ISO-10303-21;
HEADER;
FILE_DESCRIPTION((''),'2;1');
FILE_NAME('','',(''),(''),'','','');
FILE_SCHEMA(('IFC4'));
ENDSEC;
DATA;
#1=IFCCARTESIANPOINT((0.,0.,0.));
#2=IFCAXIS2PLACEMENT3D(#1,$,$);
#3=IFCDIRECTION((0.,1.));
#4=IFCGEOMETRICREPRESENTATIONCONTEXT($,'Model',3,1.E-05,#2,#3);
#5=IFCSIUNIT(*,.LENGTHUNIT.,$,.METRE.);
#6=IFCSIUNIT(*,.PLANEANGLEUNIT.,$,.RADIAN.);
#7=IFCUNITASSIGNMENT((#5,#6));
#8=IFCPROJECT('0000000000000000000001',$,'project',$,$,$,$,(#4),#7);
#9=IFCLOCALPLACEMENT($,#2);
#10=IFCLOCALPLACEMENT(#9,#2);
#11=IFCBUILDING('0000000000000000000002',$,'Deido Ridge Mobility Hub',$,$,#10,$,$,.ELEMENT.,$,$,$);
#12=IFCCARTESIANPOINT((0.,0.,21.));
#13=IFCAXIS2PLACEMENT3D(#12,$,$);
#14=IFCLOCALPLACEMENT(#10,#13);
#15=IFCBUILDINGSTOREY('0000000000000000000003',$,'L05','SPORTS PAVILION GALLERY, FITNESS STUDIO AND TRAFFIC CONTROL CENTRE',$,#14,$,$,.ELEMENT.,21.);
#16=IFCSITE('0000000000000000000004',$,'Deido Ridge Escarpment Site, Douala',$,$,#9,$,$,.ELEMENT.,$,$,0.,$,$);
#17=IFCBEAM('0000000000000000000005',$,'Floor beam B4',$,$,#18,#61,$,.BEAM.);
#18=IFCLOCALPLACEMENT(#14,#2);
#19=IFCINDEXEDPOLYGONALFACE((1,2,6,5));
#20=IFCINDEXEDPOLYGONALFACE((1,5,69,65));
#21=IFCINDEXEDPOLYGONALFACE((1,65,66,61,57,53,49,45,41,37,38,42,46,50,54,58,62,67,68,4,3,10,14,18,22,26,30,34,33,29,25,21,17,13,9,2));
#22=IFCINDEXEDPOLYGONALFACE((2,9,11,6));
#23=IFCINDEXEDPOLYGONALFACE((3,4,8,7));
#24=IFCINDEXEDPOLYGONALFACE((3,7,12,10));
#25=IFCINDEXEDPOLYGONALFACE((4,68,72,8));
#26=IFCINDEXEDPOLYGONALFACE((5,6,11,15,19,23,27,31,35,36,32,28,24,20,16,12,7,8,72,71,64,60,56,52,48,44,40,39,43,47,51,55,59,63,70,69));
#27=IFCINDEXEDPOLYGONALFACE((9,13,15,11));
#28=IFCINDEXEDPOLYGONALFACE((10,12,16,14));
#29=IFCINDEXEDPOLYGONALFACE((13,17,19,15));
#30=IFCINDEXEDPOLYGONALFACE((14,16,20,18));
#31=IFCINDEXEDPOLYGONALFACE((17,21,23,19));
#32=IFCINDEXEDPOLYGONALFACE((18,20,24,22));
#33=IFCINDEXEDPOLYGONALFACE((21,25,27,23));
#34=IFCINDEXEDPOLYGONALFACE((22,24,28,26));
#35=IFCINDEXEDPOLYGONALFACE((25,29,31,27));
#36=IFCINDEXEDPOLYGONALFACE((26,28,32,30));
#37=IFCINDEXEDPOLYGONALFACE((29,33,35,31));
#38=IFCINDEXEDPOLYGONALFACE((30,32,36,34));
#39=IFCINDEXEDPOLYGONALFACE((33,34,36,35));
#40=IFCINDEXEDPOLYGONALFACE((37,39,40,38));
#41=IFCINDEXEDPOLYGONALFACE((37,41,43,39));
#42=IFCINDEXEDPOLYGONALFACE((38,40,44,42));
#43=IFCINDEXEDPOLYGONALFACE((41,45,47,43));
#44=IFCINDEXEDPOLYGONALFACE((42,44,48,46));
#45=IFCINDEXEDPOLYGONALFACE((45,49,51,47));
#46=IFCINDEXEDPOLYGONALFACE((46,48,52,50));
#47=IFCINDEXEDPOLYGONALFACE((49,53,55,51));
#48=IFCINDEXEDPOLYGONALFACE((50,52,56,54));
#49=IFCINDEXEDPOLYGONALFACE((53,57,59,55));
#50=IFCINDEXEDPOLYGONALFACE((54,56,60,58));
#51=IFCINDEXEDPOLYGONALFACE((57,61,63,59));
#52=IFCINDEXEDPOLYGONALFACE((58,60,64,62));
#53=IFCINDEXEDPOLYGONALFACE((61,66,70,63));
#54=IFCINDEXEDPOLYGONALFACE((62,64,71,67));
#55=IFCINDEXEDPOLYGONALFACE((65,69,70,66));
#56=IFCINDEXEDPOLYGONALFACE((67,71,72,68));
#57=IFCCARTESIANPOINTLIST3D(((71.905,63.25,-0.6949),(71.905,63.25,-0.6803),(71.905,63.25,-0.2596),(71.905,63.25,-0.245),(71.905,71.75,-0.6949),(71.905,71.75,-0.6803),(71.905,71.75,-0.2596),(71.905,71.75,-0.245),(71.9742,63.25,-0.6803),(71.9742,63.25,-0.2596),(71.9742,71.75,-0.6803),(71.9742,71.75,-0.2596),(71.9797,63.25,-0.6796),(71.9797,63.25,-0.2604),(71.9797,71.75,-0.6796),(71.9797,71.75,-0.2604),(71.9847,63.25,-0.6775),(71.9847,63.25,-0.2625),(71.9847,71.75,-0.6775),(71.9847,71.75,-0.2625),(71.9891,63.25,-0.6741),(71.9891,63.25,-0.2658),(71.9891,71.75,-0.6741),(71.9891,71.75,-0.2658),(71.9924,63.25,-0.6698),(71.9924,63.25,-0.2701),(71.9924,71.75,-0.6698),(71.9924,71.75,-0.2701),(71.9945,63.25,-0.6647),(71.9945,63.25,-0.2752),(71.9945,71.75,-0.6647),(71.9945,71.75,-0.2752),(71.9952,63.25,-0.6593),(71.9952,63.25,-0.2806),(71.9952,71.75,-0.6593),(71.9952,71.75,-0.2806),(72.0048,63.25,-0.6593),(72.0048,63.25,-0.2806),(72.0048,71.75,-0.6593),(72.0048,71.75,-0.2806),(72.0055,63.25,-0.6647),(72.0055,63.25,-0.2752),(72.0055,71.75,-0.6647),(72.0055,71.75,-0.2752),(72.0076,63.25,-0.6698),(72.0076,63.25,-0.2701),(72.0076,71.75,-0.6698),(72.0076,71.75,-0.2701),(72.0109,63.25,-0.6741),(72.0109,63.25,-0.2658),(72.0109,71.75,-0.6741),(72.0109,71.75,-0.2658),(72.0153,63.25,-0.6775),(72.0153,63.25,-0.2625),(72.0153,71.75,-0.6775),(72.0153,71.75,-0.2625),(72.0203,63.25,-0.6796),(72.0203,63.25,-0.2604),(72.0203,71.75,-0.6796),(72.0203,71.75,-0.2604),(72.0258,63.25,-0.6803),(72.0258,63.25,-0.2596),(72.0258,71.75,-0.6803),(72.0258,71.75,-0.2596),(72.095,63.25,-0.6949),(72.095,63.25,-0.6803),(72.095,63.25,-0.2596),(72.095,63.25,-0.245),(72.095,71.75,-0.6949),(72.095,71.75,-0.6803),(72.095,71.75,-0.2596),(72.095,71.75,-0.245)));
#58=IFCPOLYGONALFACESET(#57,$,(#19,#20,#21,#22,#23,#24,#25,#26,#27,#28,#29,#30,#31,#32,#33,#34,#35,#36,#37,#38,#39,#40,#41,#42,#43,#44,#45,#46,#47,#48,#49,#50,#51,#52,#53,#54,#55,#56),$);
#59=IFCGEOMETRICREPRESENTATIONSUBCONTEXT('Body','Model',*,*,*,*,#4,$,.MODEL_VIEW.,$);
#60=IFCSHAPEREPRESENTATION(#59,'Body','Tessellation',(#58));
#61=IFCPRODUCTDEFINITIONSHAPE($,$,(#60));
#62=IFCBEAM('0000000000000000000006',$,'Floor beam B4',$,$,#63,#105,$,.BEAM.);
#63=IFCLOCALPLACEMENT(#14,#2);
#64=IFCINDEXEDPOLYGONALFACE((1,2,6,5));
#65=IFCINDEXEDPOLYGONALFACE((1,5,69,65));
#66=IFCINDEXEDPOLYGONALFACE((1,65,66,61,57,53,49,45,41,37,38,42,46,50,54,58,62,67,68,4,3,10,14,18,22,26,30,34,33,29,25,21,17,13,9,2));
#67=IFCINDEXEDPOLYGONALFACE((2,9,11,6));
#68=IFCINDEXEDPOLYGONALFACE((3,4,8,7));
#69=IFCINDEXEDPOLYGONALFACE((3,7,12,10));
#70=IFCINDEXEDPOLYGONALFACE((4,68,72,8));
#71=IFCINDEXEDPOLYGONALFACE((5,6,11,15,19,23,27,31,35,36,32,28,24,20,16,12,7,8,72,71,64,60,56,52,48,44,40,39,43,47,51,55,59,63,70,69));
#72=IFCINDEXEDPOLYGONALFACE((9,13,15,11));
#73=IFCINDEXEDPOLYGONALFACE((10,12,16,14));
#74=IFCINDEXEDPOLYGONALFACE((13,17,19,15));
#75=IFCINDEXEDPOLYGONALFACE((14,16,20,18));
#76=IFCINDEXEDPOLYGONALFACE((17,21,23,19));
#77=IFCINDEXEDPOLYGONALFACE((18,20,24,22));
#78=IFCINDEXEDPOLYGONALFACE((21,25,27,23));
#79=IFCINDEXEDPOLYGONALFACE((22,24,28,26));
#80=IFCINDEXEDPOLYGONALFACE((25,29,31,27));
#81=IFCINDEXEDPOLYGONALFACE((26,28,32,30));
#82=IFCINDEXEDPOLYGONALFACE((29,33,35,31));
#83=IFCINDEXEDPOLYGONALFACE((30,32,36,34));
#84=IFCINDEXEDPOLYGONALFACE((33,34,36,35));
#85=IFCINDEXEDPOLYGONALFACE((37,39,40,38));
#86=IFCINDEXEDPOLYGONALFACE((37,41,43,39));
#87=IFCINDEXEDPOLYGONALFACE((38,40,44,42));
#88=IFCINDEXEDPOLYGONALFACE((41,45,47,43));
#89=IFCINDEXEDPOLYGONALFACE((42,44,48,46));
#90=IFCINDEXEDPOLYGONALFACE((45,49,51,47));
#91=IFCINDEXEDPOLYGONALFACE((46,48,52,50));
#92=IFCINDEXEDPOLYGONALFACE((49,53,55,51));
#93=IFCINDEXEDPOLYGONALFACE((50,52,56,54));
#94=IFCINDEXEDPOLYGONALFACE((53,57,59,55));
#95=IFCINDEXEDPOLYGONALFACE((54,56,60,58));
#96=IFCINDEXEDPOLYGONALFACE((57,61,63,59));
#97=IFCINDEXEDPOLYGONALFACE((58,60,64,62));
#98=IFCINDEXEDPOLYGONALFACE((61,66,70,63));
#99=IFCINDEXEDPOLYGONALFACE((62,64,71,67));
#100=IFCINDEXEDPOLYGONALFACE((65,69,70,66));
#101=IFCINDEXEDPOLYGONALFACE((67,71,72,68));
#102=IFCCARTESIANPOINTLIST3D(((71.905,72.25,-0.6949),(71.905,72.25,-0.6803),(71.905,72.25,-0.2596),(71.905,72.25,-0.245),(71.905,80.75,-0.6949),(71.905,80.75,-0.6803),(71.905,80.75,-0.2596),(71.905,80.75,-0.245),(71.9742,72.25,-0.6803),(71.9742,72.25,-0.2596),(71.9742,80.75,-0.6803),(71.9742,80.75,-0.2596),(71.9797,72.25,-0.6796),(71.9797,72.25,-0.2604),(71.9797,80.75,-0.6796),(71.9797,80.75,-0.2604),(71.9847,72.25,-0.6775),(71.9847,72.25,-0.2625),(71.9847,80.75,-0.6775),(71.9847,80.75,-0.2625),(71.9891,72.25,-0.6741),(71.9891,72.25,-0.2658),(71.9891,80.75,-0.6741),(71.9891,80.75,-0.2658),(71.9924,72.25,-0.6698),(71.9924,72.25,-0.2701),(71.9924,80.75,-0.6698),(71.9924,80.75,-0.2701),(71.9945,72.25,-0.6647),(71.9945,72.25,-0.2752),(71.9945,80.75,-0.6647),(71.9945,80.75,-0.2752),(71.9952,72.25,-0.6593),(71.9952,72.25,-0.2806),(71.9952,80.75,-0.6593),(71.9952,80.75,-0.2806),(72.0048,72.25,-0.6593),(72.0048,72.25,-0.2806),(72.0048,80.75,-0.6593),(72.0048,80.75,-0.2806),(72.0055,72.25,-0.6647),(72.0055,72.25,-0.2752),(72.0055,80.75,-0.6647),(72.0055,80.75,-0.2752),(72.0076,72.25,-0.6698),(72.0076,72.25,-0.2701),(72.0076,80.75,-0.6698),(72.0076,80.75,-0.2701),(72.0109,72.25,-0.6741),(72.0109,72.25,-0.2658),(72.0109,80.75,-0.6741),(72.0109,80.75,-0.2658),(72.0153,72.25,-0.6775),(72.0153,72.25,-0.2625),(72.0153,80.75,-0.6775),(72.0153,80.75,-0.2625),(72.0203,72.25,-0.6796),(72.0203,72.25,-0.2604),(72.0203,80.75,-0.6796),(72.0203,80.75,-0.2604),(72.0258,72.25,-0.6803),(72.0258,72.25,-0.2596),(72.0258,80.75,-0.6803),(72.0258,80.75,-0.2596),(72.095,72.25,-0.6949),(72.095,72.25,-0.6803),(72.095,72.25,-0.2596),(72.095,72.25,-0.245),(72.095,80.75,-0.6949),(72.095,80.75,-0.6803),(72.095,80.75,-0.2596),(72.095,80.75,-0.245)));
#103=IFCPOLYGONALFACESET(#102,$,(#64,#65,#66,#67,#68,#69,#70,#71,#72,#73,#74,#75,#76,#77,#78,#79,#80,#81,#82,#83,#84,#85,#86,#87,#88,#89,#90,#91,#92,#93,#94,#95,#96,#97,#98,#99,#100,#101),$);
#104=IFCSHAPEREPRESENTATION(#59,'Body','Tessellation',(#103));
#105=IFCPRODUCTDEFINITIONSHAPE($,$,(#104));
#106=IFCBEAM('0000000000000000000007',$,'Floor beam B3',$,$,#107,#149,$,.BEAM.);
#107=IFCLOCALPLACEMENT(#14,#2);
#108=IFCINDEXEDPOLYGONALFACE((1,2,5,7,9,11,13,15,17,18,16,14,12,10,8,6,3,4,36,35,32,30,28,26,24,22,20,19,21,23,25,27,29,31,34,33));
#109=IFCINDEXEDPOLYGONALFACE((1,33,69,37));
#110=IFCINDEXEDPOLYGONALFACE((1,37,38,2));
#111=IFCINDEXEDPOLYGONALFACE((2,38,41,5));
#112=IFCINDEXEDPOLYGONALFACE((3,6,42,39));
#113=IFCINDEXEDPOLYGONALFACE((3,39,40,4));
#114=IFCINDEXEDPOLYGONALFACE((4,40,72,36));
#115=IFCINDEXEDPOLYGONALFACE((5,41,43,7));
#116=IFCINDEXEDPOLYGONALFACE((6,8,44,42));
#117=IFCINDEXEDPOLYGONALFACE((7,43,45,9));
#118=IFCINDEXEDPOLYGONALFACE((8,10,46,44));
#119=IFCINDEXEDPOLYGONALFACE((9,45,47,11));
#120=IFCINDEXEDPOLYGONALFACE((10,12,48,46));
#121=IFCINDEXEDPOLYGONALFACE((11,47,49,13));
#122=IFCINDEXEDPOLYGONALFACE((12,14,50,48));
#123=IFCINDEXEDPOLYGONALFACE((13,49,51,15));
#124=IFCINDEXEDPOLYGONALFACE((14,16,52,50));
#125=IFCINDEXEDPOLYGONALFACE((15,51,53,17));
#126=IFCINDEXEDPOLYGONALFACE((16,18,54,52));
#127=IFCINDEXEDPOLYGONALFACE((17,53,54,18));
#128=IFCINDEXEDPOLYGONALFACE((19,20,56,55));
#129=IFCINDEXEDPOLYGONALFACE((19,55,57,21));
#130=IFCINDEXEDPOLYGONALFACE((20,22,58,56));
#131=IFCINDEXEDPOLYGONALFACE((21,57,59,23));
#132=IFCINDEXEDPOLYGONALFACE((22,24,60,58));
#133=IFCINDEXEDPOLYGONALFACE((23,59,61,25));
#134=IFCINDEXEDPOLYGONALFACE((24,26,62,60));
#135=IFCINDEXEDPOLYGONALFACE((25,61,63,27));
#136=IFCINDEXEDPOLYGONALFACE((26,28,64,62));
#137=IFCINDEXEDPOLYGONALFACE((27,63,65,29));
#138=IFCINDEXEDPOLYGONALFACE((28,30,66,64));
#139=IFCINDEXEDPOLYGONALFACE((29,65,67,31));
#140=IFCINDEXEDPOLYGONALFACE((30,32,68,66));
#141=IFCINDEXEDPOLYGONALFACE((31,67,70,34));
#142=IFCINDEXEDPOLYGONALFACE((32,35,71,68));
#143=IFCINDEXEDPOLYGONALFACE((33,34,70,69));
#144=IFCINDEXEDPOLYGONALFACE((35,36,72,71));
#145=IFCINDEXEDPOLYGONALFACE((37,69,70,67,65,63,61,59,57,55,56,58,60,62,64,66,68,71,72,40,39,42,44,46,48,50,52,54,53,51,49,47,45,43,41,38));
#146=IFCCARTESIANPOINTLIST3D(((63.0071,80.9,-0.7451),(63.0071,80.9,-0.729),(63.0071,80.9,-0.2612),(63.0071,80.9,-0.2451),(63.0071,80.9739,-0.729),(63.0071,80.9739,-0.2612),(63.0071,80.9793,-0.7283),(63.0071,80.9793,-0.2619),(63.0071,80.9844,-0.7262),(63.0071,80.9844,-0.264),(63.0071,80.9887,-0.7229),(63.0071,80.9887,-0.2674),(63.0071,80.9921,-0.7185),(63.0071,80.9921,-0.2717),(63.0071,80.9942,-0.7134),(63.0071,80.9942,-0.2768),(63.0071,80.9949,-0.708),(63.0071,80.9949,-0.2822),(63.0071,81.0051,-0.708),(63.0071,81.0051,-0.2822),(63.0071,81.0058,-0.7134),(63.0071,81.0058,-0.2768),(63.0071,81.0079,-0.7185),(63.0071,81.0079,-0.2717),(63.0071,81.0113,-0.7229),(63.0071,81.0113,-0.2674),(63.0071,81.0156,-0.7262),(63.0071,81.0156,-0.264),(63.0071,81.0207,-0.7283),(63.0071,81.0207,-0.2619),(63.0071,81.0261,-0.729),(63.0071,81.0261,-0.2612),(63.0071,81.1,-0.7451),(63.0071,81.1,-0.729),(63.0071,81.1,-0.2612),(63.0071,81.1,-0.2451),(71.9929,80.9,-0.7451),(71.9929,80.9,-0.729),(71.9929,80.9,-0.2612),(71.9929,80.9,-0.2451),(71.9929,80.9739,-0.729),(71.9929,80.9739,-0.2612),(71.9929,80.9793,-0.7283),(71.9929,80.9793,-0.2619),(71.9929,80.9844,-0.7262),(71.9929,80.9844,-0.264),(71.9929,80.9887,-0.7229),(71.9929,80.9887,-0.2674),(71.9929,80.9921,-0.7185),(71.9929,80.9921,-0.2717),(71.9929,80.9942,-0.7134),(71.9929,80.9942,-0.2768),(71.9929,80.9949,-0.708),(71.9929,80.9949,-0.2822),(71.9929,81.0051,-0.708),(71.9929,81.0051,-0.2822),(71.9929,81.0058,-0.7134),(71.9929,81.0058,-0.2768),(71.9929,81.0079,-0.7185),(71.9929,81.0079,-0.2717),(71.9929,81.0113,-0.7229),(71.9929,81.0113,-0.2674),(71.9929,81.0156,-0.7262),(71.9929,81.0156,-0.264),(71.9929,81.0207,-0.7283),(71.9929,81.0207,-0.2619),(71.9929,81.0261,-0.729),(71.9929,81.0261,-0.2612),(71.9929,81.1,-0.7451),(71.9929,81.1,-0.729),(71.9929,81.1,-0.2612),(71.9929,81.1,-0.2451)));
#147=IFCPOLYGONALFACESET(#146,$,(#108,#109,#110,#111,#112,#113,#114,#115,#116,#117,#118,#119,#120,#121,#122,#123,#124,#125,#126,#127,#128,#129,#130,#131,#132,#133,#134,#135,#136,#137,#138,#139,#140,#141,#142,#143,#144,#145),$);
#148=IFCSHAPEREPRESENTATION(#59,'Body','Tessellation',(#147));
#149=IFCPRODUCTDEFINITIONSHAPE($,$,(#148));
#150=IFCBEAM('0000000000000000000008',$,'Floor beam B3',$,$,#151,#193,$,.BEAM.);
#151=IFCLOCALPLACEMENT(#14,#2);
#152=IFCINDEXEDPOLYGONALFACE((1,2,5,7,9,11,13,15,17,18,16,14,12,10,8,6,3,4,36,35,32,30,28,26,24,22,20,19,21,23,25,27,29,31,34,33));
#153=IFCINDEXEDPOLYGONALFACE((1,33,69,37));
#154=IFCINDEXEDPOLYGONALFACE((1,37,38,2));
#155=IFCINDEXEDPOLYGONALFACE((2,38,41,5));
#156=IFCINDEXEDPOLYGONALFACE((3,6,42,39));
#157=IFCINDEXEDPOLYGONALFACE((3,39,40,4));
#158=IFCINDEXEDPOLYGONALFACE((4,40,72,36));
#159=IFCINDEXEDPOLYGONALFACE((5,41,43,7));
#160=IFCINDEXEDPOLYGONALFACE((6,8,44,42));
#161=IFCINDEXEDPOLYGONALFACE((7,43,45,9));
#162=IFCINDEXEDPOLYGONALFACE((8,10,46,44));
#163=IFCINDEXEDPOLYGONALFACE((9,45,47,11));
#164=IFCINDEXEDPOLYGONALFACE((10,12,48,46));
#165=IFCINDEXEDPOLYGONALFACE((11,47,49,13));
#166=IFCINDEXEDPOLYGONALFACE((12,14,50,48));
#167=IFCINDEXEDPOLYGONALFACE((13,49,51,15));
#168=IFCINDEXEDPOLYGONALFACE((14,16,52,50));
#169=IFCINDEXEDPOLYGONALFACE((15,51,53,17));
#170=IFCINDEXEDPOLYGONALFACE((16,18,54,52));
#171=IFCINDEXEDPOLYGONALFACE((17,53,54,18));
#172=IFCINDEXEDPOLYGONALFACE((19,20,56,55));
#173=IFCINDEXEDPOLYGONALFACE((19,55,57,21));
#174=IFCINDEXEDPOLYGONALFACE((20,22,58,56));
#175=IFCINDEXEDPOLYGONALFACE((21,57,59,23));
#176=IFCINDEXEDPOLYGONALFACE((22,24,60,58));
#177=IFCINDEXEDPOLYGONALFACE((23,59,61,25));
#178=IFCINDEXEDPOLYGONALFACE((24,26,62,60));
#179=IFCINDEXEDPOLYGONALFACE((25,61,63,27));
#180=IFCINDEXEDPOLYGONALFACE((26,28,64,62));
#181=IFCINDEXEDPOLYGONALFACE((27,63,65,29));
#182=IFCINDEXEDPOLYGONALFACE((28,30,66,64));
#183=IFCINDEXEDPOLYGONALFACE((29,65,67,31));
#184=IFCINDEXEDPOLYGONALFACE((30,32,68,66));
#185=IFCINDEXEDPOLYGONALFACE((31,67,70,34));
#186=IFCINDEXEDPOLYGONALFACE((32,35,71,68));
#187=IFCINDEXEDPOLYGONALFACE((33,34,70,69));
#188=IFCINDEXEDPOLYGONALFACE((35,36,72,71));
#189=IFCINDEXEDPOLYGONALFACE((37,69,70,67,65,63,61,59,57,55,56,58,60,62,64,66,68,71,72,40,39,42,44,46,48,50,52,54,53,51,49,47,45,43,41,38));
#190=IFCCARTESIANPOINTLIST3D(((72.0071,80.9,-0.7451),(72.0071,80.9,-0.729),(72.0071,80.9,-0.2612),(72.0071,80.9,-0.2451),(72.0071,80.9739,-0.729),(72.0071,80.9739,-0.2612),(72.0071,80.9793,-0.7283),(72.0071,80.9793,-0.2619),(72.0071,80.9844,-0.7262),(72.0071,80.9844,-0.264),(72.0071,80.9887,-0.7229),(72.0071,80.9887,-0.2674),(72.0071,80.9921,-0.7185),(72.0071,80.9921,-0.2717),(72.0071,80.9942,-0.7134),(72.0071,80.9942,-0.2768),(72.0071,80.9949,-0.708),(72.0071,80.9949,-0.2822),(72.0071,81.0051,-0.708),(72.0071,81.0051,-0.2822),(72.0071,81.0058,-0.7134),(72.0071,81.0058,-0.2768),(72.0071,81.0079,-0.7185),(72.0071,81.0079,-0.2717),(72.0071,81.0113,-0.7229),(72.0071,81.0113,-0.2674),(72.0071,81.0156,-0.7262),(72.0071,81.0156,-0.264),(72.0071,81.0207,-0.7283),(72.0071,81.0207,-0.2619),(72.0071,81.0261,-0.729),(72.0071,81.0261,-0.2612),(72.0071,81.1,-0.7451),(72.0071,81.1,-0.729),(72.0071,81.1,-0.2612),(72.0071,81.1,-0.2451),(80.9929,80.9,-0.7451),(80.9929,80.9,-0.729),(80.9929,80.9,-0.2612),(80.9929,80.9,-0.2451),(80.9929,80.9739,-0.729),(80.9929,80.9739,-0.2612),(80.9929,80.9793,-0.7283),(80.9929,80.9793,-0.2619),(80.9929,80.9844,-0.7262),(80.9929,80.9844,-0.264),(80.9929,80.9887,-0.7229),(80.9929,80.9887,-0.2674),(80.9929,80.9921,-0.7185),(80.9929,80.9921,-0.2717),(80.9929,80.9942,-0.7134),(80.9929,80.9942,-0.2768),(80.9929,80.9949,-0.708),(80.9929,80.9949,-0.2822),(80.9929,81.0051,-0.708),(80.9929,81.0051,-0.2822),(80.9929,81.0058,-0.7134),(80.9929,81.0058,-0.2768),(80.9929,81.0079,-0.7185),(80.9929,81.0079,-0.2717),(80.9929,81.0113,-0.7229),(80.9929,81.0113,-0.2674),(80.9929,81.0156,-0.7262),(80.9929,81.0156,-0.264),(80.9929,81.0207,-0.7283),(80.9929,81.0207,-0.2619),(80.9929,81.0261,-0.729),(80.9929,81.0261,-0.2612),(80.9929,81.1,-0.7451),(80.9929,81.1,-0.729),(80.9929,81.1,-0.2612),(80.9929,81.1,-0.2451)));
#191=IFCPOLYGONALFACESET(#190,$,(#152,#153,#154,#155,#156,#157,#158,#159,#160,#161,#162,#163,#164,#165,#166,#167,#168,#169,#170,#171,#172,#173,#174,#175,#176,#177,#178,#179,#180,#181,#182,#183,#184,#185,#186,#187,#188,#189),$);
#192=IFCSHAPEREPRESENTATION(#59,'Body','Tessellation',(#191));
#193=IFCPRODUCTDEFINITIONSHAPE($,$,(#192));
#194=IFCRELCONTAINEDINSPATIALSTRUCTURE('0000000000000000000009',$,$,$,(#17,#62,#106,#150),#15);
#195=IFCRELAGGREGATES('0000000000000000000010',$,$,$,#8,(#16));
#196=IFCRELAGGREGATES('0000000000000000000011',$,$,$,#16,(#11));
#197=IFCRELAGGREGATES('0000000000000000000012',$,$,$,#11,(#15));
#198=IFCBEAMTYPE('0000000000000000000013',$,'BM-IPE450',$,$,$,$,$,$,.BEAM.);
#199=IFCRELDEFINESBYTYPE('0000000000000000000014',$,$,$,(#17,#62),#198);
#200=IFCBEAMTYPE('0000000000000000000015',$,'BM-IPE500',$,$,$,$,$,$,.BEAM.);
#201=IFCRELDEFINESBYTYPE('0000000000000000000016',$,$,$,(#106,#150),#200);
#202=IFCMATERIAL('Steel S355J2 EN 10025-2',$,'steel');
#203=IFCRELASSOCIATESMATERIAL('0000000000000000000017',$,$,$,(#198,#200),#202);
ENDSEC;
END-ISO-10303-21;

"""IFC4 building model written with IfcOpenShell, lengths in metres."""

from ifc_helpers import new_model, si_unit, direction, frame, origin, origin_2d, place, context, subcontext, project, spatial, i_section, extrude, material, material_profile, profile_set, type_object, element, save


model = new_model("IFC4")

# Units and contexts
model_context = context("Model", 3, precision=1e-05, world=origin(), true_north=direction((0.0, 1.0)))
body_context = subcontext(model_context, "Body", "Model", "MODEL_VIEW")
ifc_project = project(units=[si_unit("LENGTHUNIT", "METRE"), si_unit("PLANEANGLEUNIT", "RADIAN")], contexts=[model_context])

# Site, building, storey
site_placement = place(None, origin())
site = spatial("IfcSite", under=ifc_project, at=site_placement, Name="Deido Ridge Escarpment Site, Douala", CompositionType="ELEMENT", RefElevation=0.0)
building_placement = place(site_placement, origin())
building = spatial("IfcBuilding", under=site, at=building_placement, Name="Deido Ridge Mobility Hub", CompositionType="ELEMENT")
storey_placement = place(building_placement, frame((0.0, 0.0, 21.0)))
storey = spatial("IfcBuildingStorey", under=building, at=storey_placement, Name="L05", Description="SPORTS PAVILION GALLERY, FITNESS STUDIO AND TRAFFIC CONTROL CENTRE", CompositionType="ELEMENT", Elevation=21.0)

# Shared definitions
ifc_material_1 = material(Name="Steel S355J2 EN 10025-2", Category="steel")

# Beams
ifc_material_profile_1 = material_profile(ifc_material_1, i_section(OverallWidth=0.1899, OverallDepth=0.45, WebThickness=0.0095, FlangeThickness=0.0146, FilletRadius=0.021, at=origin_2d()), Name="IPE 450")
ifc_profile_set_1 = profile_set([ifc_material_profile_1], Name="Steel S355J2 EN 10025-2")
beam_type_1 = type_object("IfcBeamType", Name="BM-IPE450", PredefinedType="BEAM", material=ifc_profile_set_1)
for number, where, z_axis, x_axis, name in (
    (1, (72.0, 63.25, -0.47), (0.0, 1.0, 0.0), (-1.0, 0.0, 0.0), "Floor beam B4"),
    (2, (72.0, 72.25, -0.47), (0.0, 1.0, 0.0), (-1.0, 0.0, 0.0), "Floor beam B4"),
):
    element("IfcBeam", number, at=place(storey_placement, frame(where, z_axis=z_axis, x_axis=x_axis)), inside=storey, type_object=beam_type_1, Name=name, PredefinedType="BEAM", context=body_context, shape_type="SweptSolid", body=[
        extrude(i_section(OverallWidth=0.1899, OverallDepth=0.45, WebThickness=0.0095, FlangeThickness=0.0146, FilletRadius=0.021, at=origin_2d()), origin(), (0.0, 0.0, 1.0), 8.5),
    ])
ifc_material_profile_2 = material_profile(ifc_material_1, i_section(OverallWidth=0.2, OverallDepth=0.5, WebThickness=0.0103, FlangeThickness=0.0161, FilletRadius=0.021, at=origin_2d()), Name="IPE 500")
ifc_profile_set_2 = profile_set([ifc_material_profile_2], Name="Steel S355J2 EN 10025-2")
beam_type_2 = type_object("IfcBeamType", Name="BM-IPE500", PredefinedType="BEAM", material=ifc_profile_set_2)
for number, where, z_axis, x_axis, name in (
    (3, (63.0071, 81.0, -0.4951), (1.0, 0.0, 0.0), (0.0, 1.0, 0.0), "Floor beam B3"),
    (4, (72.0071, 81.0, -0.4951), (1.0, 0.0, 0.0), (0.0, 1.0, 0.0), "Floor beam B3"),
):
    element("IfcBeam", number, at=place(storey_placement, frame(where, z_axis=z_axis, x_axis=x_axis)), inside=storey, type_object=beam_type_2, Name=name, PredefinedType="BEAM", context=body_context, shape_type="SweptSolid", body=[
        extrude(i_section(OverallWidth=0.2, OverallDepth=0.5, WebThickness=0.0103, FlangeThickness=0.0161, FilletRadius=0.021, at=origin_2d()), origin(), (0.0, 0.0, 1.0), 8.9858),
    ])

save(model, "model.ifc")
